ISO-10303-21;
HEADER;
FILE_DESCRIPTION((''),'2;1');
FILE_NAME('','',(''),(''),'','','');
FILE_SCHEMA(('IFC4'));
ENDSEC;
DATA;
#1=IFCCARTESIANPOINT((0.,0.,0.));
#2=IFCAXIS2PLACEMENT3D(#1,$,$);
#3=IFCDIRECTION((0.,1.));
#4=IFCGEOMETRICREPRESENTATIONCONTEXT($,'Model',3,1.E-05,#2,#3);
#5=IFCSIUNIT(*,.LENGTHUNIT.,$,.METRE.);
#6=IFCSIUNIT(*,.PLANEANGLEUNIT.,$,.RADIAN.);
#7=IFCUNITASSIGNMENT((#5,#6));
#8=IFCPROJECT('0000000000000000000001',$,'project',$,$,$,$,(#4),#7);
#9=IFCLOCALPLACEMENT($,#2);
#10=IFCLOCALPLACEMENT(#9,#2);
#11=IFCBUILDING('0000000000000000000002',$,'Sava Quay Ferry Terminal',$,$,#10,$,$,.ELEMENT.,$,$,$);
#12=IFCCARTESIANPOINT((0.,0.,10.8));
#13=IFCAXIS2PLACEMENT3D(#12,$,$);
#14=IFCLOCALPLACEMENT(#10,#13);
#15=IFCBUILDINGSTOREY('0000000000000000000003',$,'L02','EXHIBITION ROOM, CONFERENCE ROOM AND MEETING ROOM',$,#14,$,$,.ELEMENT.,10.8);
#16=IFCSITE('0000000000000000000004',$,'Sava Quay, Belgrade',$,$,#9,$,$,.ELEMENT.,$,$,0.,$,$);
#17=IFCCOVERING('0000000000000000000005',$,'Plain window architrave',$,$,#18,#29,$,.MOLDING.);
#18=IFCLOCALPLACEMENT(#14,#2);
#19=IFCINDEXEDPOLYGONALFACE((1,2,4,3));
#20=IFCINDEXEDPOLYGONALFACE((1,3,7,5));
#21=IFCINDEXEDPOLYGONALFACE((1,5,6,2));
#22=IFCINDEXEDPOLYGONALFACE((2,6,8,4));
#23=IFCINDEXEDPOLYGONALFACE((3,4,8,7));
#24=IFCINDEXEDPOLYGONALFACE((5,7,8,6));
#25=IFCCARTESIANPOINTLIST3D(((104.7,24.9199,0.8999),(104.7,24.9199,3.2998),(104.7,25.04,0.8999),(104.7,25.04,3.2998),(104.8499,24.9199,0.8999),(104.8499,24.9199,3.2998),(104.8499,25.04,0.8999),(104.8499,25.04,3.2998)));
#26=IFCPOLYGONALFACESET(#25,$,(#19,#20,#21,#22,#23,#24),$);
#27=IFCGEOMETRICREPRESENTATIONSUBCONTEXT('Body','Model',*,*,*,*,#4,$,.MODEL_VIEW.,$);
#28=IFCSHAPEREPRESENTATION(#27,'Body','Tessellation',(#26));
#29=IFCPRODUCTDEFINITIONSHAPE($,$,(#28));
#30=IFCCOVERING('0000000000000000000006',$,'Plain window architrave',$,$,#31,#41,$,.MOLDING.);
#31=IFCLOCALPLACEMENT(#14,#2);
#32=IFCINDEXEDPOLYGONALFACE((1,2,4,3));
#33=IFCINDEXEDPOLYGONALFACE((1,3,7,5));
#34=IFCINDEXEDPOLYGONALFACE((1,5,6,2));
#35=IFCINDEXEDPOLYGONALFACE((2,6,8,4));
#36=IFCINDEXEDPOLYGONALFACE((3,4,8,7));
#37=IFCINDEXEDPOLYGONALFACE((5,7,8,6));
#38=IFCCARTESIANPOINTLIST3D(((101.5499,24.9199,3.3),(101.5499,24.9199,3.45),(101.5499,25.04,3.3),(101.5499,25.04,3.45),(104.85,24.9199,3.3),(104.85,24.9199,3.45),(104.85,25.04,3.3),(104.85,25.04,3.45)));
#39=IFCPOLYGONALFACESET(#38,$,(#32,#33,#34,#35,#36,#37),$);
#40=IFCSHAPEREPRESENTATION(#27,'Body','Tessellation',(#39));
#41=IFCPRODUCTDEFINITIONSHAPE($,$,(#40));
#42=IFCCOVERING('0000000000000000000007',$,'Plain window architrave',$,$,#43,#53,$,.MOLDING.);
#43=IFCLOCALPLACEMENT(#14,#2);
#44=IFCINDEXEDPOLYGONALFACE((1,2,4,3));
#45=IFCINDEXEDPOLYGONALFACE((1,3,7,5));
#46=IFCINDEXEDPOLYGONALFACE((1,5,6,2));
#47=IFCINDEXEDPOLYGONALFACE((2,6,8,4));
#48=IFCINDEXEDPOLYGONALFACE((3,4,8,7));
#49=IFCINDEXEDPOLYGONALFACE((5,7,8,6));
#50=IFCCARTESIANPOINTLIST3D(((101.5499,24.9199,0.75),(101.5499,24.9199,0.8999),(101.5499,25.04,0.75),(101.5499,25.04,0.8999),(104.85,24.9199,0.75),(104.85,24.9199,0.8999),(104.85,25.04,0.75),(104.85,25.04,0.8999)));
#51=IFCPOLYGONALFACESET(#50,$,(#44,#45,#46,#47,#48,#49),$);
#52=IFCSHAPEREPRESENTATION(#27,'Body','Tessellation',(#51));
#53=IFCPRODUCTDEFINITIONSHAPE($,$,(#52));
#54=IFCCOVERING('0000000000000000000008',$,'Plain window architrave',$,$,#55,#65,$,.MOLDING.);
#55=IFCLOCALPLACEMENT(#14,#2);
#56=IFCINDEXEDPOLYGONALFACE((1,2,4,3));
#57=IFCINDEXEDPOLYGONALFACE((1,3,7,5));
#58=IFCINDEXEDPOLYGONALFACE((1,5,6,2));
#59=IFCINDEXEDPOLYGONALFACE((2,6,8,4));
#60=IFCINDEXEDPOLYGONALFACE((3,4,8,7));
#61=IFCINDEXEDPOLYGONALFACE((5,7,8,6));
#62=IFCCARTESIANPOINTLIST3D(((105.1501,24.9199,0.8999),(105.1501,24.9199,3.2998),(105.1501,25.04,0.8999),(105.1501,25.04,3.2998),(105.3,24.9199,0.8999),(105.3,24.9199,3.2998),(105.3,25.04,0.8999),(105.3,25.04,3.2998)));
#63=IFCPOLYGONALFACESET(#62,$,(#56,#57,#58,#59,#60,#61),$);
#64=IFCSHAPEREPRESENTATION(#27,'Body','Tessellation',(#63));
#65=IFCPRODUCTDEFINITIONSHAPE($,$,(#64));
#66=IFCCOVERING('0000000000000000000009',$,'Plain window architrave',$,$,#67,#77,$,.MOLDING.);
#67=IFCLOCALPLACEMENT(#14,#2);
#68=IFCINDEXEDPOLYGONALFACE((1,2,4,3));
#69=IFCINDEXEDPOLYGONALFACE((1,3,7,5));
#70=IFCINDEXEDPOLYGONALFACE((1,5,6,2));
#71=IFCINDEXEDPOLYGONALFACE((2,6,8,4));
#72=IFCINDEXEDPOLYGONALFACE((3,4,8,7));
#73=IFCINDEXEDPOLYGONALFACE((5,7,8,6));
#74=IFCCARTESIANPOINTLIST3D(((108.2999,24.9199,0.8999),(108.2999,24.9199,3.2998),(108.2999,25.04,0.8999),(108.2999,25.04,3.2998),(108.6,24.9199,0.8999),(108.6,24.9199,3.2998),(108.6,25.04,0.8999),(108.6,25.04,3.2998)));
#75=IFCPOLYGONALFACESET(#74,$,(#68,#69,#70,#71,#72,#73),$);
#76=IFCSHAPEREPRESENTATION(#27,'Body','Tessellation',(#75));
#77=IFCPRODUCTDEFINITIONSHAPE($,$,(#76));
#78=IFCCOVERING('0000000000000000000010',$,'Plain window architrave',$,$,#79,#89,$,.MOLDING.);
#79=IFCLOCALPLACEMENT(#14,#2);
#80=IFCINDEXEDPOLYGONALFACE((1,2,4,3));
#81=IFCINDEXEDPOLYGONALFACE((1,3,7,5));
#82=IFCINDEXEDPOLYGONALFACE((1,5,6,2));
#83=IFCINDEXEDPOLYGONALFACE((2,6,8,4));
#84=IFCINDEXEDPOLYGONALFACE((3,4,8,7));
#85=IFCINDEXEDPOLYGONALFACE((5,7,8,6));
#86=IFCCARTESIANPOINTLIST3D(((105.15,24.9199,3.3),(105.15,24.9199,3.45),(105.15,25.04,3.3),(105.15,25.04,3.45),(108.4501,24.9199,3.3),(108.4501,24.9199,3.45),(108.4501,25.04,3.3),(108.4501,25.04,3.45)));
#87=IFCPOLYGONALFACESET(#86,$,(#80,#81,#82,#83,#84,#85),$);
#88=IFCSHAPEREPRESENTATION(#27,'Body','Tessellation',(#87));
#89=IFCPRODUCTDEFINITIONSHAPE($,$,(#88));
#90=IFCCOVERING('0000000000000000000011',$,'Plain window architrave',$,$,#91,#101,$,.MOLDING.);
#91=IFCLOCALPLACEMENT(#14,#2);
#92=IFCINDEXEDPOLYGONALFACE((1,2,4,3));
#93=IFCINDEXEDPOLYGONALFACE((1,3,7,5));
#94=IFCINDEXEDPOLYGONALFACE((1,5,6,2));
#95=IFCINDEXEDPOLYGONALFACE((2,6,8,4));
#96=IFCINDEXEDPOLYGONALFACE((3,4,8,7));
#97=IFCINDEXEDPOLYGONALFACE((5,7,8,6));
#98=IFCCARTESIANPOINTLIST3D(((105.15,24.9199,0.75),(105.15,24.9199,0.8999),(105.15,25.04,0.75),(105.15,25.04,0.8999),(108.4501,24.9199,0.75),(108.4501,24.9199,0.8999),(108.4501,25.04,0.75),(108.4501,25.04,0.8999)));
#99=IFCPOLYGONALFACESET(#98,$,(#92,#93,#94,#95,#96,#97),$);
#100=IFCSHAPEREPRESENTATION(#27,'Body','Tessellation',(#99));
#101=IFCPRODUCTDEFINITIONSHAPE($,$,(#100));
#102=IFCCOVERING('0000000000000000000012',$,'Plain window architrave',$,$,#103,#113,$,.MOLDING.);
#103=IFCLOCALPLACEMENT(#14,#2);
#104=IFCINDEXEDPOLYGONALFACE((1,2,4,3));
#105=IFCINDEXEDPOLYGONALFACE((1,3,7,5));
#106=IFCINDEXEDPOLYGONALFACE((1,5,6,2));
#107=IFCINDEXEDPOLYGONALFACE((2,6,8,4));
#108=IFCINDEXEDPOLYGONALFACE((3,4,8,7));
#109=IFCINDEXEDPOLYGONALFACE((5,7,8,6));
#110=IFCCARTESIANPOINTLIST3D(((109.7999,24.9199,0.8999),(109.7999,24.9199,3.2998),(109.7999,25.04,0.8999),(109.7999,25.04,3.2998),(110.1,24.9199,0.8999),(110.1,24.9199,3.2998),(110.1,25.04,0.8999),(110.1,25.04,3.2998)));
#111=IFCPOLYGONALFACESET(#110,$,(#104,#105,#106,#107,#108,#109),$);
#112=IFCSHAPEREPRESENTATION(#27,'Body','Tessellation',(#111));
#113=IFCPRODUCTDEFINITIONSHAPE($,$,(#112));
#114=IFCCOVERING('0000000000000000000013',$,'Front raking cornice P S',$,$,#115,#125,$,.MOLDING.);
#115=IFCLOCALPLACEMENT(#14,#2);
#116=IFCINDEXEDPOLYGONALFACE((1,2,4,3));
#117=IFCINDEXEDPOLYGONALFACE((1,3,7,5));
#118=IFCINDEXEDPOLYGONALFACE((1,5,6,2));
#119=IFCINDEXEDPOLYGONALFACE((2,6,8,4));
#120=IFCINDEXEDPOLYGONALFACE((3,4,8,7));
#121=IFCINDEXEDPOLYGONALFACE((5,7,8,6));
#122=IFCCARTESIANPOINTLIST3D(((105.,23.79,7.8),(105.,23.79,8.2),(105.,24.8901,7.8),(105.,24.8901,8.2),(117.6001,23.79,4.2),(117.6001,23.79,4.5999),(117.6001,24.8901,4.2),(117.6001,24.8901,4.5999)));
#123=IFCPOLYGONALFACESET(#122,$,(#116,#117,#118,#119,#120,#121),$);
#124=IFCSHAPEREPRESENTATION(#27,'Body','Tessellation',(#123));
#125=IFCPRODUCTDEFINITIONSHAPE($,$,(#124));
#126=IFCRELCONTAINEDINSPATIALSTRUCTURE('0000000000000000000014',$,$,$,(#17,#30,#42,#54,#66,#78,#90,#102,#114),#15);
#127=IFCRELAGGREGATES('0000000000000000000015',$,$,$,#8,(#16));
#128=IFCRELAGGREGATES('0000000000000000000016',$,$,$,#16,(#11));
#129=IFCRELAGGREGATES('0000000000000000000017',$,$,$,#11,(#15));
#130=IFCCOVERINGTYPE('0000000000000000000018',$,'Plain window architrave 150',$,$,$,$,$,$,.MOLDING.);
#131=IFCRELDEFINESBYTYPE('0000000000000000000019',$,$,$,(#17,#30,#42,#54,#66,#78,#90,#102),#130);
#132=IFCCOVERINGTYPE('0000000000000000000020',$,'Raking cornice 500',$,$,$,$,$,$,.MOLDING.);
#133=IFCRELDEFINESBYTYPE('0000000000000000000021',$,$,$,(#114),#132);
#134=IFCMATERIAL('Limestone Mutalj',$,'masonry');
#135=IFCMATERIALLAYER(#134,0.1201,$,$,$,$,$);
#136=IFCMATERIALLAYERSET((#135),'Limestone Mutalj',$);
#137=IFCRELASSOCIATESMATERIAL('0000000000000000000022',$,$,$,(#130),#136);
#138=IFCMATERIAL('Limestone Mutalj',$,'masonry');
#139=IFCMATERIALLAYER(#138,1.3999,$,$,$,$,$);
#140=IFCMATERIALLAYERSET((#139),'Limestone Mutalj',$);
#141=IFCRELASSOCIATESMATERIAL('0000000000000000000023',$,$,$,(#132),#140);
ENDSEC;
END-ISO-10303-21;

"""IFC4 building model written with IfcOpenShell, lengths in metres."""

from ifc_helpers import new_model, si_unit, direction, frame, origin, origin_2d, place, context, subcontext, project, spatial, polyline, rectangle, outline, extrude, material, layer, layer_set, type_object, element, save


model = new_model("IFC4")

# Units and contexts
model_context = context("Model", 3, precision=1e-05, world=origin(), true_north=direction((0.0, 1.0)))
body_context = subcontext(model_context, "Body", "Model", "MODEL_VIEW")
ifc_project = project(units=[si_unit("LENGTHUNIT", "METRE"), si_unit("PLANEANGLEUNIT", "RADIAN")], contexts=[model_context])

# Site, building, storey
site_placement = place(None, origin())
site = spatial("IfcSite", under=ifc_project, at=site_placement, Name="Sava Quay, Belgrade", CompositionType="ELEMENT", RefElevation=0.0)
building_placement = place(site_placement, origin())
building = spatial("IfcBuilding", under=site, at=building_placement, Name="Sava Quay Ferry Terminal", CompositionType="ELEMENT")
storey_placement = place(building_placement, frame((0.0, 0.0, 10.8)))
storey = spatial("IfcBuildingStorey", under=building, at=storey_placement, Name="L02", Description="EXHIBITION ROOM, CONFERENCE ROOM AND MEETING ROOM", CompositionType="ELEMENT", Elevation=10.8)

# Coverings
ifc_material_1 = material(Name="Limestone Mutalj", Category="masonry")
ifc_layer_1 = layer(ifc_material_1, 0.1201)
ifc_layer_set_1 = layer_set([ifc_layer_1], Name="Limestone Mutalj")
covering_type_1 = type_object("IfcCoveringType", Name="Plain window architrave 150", PredefinedType="MOLDING", material=ifc_layer_set_1)
covering_1_placement = place(storey_placement, frame((104.7749, 24.98, 0.8999), z_axis=(0.0, 0.0, 1.0), x_axis=(1.0, 0.0, 0.0)))
element("IfcCovering", 1, at=covering_1_placement, inside=storey, type_object=covering_type_1, Name="Plain window architrave", PredefinedType="MOLDING", context=body_context, shape_type="SweptSolid", body=[
    extrude(rectangle(XDim=0.1499, YDim=0.1201, at=origin_2d()), origin(), (0.0, 0.0, 1.0), 2.3999),
])
for number, where, z_axis, x_axis, name in (
    (2, (103.2, 24.98, 3.3), (0.0, 0.0, 1.0), (1.0, 0.0, 0.0), "Plain window architrave"),
    (3, (103.2, 24.98, 0.75), (0.0, 0.0, 1.0), (1.0, 0.0, 0.0), "Plain window architrave"),
):
    element("IfcCovering", number, at=place(storey_placement, frame(where, z_axis=z_axis, x_axis=x_axis)), inside=storey, type_object=covering_type_1, Name=name, PredefinedType="MOLDING", context=body_context, shape_type="SweptSolid", body=[
        extrude(rectangle(XDim=3.3, YDim=0.1201, at=origin_2d()), origin(), (0.0, 0.0, 1.0), 0.1499),
    ])
covering_2_placement = place(storey_placement, frame((105.2251, 24.98, 0.8999), z_axis=(0.0, 0.0, 1.0), x_axis=(1.0, 0.0, 0.0)))
element("IfcCovering", 4, at=covering_2_placement, inside=storey, type_object=covering_type_1, Name="Plain window architrave", PredefinedType="MOLDING", context=body_context, shape_type="SweptSolid", body=[
    extrude(rectangle(XDim=0.1499, YDim=0.1201, at=origin_2d()), origin(), (0.0, 0.0, 1.0), 2.3999),
])
covering_3_placement = place(storey_placement, frame((108.45, 24.98, 0.8999), z_axis=(0.0, 0.0, 1.0), x_axis=(1.0, 0.0, 0.0)))
element("IfcCovering", 5, at=covering_3_placement, inside=storey, type_object=covering_type_1, Name="Plain window architrave", PredefinedType="MOLDING", context=body_context, shape_type="SweptSolid", body=[
    extrude(rectangle(XDim=0.3, YDim=0.1201, at=origin_2d()), origin(), (0.0, 0.0, 1.0), 2.3999),
])
for number, where, z_axis, x_axis, name in (
    (6, (106.8, 24.98, 3.3), (0.0, 0.0, 1.0), (1.0, 0.0, 0.0), "Plain window architrave"),
    (7, (106.8, 24.98, 0.75), (0.0, 0.0, 1.0), (1.0, 0.0, 0.0), "Plain window architrave"),
):
    element("IfcCovering", number, at=place(storey_placement, frame(where, z_axis=z_axis, x_axis=x_axis)), inside=storey, type_object=covering_type_1, Name=name, PredefinedType="MOLDING", context=body_context, shape_type="SweptSolid", body=[
        extrude(rectangle(XDim=3.3, YDim=0.1201, at=origin_2d()), origin(), (0.0, 0.0, 1.0), 0.1499),
    ])
covering_4_placement = place(storey_placement, frame((109.95, 24.98, 0.8999), z_axis=(0.0, 0.0, 1.0), x_axis=(1.0, 0.0, 0.0)))
element("IfcCovering", 8, at=covering_4_placement, inside=storey, type_object=covering_type_1, Name="Plain window architrave", PredefinedType="MOLDING", context=body_context, shape_type="SweptSolid", body=[
    extrude(rectangle(XDim=0.3, YDim=0.1201, at=origin_2d()), origin(), (0.0, 0.0, 1.0), 2.3999),
])
ifc_material_2 = material(Name="Limestone Mutalj", Category="masonry")
ifc_layer_2 = layer(ifc_material_2, 1.3999)
ifc_layer_set_2 = layer_set([ifc_layer_2], Name="Limestone Mutalj")
covering_type_2 = type_object("IfcCoveringType", Name="Raking cornice 500", PredefinedType="MOLDING", material=ifc_layer_set_2)
covering_5_placement = place(storey_placement, frame((105.0, 23.79, 7.8), z_axis=(0.0, -1.0, 0.0), x_axis=(0.961523, 0.0, -0.274726)))
element("IfcCovering", 9, at=covering_5_placement, inside=storey, type_object=covering_type_2, Name="Front raking cornice P S", PredefinedType="MOLDING", context=body_context, shape_type="SweptSolid", body=[
    extrude(outline(polyline([(0.0, 0.0), (13.1043, 0.0), (12.9945, 0.3845), (-0.1099, 0.3845), (0.0, 0.0)])), origin(), (0.0, 0.0, -1.0), 1.1001),
])

save(model, "model.ifc")
